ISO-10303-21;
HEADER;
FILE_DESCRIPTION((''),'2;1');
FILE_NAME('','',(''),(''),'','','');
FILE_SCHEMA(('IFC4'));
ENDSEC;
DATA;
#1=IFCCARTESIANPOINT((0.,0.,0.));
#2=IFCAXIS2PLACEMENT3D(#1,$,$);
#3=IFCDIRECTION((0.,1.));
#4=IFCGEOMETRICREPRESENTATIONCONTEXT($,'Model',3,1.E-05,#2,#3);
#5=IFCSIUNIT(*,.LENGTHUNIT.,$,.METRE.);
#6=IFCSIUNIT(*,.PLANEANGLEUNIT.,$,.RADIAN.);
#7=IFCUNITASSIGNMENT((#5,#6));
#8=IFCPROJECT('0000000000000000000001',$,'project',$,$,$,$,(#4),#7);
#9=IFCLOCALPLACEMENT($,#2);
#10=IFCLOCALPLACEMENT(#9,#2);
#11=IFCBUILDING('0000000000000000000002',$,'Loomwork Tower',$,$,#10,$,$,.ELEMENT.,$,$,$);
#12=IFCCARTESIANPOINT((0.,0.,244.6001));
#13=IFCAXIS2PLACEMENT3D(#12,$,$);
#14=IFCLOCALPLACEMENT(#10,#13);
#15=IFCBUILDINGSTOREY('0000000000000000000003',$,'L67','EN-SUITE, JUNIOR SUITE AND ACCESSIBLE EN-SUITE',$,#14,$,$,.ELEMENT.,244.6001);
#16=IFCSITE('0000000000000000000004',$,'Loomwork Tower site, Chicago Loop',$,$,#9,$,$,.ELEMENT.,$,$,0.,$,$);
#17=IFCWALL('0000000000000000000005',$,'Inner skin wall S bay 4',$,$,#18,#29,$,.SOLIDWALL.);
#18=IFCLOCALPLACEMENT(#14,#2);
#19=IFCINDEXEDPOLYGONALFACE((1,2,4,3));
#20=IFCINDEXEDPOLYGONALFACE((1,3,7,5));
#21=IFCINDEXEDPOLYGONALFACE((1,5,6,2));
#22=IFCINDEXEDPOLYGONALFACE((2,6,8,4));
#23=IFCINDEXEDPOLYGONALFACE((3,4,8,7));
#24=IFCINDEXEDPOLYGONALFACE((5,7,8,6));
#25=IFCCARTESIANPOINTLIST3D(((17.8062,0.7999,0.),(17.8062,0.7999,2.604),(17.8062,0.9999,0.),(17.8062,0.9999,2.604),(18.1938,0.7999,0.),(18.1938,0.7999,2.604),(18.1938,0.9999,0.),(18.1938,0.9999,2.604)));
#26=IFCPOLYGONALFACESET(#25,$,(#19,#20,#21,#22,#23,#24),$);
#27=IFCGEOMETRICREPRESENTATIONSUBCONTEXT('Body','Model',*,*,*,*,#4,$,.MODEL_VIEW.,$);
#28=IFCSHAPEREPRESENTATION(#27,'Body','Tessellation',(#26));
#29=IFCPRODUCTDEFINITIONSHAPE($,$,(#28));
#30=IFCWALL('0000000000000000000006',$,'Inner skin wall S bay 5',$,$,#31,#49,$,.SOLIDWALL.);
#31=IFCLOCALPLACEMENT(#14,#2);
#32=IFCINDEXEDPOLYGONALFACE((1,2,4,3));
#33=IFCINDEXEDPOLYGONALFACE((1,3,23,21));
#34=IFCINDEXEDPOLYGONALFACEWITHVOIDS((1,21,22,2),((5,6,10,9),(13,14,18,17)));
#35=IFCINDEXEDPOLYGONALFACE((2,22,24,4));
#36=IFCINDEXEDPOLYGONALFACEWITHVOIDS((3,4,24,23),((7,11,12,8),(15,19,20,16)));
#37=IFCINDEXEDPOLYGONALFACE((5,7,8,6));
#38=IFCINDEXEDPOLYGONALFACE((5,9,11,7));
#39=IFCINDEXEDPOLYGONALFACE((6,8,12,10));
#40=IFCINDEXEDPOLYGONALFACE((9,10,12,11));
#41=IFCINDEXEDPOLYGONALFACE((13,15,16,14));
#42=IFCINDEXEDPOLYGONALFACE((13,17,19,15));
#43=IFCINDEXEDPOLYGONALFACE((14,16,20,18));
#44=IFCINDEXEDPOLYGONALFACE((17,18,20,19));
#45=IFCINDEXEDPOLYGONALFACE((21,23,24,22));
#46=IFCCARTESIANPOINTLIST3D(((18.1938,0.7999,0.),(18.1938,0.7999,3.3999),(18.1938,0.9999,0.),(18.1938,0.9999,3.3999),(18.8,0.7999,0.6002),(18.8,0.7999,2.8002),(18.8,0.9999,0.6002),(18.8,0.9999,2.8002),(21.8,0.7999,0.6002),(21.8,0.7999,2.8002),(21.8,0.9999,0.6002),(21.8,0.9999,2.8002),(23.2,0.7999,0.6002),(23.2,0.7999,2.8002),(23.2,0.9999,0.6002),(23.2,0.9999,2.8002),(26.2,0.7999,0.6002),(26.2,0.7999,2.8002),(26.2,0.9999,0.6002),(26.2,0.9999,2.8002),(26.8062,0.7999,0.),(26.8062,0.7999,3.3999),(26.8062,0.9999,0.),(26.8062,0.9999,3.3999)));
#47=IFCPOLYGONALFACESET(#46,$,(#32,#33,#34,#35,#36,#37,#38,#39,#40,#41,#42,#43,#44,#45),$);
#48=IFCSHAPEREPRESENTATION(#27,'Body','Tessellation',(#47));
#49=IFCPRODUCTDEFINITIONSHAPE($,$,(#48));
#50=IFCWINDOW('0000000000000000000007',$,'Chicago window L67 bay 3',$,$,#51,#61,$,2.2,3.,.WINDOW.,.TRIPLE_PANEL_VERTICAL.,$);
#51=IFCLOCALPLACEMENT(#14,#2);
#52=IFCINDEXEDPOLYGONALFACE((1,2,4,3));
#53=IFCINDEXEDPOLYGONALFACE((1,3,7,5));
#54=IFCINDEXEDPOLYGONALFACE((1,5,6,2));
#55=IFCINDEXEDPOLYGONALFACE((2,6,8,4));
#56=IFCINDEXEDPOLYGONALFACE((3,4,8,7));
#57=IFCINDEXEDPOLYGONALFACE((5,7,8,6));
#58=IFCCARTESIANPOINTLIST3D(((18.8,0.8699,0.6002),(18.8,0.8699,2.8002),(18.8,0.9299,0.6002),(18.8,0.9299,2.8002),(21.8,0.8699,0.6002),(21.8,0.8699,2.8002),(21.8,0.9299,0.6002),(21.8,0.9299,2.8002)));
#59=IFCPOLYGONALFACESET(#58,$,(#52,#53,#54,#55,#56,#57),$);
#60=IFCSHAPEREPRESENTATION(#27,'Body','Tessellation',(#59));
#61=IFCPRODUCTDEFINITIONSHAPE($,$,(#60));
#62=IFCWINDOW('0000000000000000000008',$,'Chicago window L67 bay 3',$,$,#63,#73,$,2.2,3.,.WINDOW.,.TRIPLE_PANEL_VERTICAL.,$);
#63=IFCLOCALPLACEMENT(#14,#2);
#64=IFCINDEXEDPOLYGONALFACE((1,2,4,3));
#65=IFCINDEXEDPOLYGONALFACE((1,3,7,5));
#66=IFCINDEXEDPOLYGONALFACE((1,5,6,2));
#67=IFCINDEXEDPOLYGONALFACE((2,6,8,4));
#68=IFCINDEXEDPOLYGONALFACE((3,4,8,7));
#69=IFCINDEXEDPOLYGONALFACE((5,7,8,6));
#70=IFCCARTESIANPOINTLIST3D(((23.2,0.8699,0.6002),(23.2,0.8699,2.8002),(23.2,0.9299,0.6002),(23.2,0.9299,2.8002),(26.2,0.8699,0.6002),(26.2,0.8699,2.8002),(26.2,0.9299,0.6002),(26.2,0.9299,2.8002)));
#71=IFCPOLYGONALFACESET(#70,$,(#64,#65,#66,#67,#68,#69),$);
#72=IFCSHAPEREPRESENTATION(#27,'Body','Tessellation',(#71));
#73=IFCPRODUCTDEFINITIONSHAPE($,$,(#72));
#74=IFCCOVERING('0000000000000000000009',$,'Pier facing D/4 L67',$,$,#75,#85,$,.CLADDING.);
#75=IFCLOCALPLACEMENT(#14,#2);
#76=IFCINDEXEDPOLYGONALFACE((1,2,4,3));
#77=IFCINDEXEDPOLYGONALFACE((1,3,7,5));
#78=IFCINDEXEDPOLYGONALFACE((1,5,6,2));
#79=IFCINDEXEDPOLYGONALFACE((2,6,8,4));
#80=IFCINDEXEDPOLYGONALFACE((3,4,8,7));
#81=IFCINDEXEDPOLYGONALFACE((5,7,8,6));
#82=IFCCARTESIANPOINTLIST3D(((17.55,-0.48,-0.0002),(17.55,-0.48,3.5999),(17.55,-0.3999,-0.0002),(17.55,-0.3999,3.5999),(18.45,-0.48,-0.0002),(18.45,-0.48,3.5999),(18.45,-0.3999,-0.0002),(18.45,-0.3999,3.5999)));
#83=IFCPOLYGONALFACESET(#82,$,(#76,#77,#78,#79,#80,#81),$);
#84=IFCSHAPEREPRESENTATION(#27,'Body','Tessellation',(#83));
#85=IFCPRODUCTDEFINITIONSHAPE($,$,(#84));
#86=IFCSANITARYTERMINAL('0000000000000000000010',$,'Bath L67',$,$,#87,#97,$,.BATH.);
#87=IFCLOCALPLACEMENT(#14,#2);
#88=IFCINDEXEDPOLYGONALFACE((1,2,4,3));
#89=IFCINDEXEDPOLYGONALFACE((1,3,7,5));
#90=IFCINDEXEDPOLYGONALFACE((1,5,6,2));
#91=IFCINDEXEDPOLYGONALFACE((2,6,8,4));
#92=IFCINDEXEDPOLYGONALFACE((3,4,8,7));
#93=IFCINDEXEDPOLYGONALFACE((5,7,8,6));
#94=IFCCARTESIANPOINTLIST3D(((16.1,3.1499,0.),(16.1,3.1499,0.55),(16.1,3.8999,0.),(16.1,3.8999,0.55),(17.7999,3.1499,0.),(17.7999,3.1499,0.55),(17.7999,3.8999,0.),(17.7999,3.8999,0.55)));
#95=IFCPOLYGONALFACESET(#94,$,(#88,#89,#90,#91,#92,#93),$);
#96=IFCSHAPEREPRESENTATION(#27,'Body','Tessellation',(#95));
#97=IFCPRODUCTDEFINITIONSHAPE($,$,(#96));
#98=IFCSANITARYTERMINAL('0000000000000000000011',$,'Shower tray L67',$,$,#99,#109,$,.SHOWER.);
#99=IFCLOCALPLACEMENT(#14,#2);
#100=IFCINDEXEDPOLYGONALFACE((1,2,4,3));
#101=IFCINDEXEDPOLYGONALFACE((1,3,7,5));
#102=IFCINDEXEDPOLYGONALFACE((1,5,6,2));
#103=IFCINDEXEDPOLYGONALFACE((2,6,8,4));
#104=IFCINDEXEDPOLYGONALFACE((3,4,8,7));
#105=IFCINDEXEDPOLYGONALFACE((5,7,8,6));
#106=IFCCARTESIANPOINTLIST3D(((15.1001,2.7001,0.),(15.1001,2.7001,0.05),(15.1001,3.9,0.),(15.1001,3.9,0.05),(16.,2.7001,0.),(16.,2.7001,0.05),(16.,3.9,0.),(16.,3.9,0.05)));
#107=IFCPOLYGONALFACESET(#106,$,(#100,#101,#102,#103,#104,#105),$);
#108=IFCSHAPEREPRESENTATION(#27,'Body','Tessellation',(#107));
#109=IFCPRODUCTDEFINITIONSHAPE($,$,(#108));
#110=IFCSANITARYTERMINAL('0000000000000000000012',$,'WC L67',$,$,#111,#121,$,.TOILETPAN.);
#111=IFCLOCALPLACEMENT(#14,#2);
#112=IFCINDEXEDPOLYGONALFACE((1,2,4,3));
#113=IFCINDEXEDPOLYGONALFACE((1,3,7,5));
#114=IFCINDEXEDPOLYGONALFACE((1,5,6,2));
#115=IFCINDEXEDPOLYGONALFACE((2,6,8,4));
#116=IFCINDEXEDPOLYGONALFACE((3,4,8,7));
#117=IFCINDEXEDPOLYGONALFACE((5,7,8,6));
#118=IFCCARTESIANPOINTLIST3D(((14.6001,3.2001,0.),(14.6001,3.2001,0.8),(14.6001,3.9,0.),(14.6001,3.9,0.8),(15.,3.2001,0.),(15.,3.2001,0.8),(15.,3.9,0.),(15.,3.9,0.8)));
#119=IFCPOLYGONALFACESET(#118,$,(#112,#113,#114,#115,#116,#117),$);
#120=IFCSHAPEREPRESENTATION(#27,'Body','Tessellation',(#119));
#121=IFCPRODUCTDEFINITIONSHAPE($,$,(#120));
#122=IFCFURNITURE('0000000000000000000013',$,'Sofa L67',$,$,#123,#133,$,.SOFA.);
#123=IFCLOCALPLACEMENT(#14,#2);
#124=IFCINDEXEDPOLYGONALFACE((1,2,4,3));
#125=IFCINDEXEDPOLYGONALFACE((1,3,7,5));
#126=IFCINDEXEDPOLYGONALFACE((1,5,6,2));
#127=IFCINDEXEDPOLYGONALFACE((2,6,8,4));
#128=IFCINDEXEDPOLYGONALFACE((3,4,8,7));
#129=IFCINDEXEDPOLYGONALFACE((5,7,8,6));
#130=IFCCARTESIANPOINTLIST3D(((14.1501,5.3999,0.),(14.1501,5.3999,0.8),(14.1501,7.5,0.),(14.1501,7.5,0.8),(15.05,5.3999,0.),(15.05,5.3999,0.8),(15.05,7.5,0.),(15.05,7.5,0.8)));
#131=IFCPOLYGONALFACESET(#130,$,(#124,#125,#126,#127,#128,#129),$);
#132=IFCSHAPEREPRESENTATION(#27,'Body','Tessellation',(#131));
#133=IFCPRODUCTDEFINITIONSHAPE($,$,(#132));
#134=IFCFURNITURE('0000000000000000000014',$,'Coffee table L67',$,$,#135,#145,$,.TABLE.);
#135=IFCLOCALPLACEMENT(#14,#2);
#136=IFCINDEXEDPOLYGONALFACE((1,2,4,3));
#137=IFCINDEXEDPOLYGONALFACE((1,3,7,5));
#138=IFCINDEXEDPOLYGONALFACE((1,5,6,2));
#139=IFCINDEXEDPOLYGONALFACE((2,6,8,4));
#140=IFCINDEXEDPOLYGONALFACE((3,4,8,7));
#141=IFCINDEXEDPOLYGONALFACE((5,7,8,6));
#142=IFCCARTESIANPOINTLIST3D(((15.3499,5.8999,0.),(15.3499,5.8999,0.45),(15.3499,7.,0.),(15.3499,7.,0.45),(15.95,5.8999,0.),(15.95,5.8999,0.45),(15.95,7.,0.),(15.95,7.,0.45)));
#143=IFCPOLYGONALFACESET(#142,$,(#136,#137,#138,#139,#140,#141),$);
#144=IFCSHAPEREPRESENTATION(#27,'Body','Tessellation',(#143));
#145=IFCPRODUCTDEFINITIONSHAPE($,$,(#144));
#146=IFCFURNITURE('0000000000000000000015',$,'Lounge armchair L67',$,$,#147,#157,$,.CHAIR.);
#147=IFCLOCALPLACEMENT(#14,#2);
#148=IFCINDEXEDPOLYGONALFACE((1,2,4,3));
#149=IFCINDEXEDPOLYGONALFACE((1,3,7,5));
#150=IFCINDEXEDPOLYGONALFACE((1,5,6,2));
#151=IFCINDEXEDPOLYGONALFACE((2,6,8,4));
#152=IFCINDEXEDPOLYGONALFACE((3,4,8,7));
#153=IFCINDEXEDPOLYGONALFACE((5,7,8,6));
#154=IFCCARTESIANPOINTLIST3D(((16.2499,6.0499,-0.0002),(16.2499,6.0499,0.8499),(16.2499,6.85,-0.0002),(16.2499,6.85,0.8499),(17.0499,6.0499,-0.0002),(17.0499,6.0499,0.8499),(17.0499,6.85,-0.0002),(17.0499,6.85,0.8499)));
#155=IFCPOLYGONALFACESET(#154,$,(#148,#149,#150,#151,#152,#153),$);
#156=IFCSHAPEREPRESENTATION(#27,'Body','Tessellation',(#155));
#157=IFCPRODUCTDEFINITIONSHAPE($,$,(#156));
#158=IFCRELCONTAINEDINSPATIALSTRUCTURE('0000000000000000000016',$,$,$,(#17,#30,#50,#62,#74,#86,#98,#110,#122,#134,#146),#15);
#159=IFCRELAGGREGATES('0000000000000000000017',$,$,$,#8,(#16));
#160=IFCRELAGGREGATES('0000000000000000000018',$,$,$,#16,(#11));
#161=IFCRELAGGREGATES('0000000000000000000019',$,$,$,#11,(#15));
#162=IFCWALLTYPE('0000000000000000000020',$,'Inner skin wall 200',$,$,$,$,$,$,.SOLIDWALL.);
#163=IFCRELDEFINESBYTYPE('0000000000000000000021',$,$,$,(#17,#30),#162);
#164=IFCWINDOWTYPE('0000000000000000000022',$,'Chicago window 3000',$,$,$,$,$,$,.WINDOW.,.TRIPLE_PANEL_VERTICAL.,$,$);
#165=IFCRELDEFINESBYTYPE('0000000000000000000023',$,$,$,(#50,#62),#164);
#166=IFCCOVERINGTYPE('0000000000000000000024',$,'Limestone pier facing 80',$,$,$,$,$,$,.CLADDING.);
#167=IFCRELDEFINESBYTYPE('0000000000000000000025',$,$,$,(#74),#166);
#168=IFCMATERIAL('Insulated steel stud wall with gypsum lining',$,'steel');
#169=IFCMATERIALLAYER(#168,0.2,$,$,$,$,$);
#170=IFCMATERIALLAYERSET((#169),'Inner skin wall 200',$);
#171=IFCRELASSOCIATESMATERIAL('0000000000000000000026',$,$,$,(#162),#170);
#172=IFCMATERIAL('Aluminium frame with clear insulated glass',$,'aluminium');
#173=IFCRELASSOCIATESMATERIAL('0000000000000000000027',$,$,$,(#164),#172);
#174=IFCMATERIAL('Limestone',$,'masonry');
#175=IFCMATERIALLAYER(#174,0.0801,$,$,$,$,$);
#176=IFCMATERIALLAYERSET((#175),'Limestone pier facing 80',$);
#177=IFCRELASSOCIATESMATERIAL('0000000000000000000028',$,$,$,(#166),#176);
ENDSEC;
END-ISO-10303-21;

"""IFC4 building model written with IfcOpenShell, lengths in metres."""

from ifc_helpers import new_model, si_unit, direction, frame, frame_2d, origin, origin_2d, place, context, subcontext, project, spatial, rectangle, extrude, material, layer, layer_set, type_object, element, fill, save


model = new_model("IFC4")

# Units and contexts
model_context = context("Model", 3, precision=1e-05, world=origin(), true_north=direction((0.0, 1.0)))
body_context = subcontext(model_context, "Body", "Model", "MODEL_VIEW")
ifc_project = project(units=[si_unit("LENGTHUNIT", "METRE"), si_unit("PLANEANGLEUNIT", "RADIAN")], contexts=[model_context])

# Site, building, storey
site_placement = place(None, origin())
site = spatial("IfcSite", under=ifc_project, at=site_placement, Name="Loomwork Tower site, Chicago Loop", CompositionType="ELEMENT", RefElevation=0.0)
building_placement = place(site_placement, origin())
building = spatial("IfcBuilding", under=site, at=building_placement, Name="Loomwork Tower", CompositionType="ELEMENT")
storey_placement = place(building_placement, frame((0.0, 0.0, 244.6001)))
storey = spatial("IfcBuildingStorey", under=building, at=storey_placement, Name="L67", Description="EN-SUITE, JUNIOR SUITE AND ACCESSIBLE EN-SUITE", CompositionType="ELEMENT", Elevation=244.6001)

# Wall
ifc_material_1 = material(Name="Insulated steel stud wall with gypsum lining", Category="steel")
ifc_layer_1 = layer(ifc_material_1, 0.2)
ifc_layer_set_1 = layer_set([ifc_layer_1], Name="Inner skin wall 200")
wall_type_1 = type_object("IfcWallType", Name="Inner skin wall 200", PredefinedType="SOLIDWALL", material=ifc_layer_set_1)
wall_1_placement = place(storey_placement, frame((17.8062, 0.8999, 0.0), z_axis=(0.0, 0.0, 1.0), x_axis=(1.0, 0.0, 0.0)))
element("IfcWall", 1, at=wall_1_placement, inside=storey, type_object=wall_type_1, Name="Inner skin wall S bay 4", PredefinedType="SOLIDWALL", context=body_context, shape_type="SweptSolid", body=[
    extrude(rectangle(XDim=0.3877, YDim=0.2, at=frame_2d((0.1938, 0.0))), origin(), (0.0, 0.0, 1.0), 2.604),
])

# Wall, openings, windows
wall_2_placement = place(storey_placement, frame((18.1938, 0.8999, 0.0), z_axis=(0.0, 0.0, 1.0), x_axis=(1.0, 0.0, 0.0)))
wall_2 = element("IfcWall", 2, at=wall_2_placement, inside=storey, type_object=wall_type_1, Name="Inner skin wall S bay 5", PredefinedType="SOLIDWALL", context=body_context, shape_type="SweptSolid", body=[
    extrude(rectangle(XDim=8.6123, YDim=0.2, at=frame_2d((4.3062, 0.0))), origin(), (0.0, 0.0, 1.0), 3.3999),
])
opening_1_placement = place(wall_2_placement, frame((0.6062, 0.0, 0.6001)))
opening_1 = element("IfcOpeningElement", 3, at=opening_1_placement, cuts=wall_2, PredefinedType="OPENING", context=body_context, shape_type="SweptSolid", body=[
    extrude(rectangle(XDim=3.0, YDim=2.2, at=frame_2d((1.5, 1.1001))), frame((0.0, 0.1099, 0.0), z_axis=(0.0, -1.0, 0.0), x_axis=(1.0, 0.0, 0.0)), (0.0, 0.0, 1.0), 0.22),
])
opening_2_placement = place(wall_2_placement, frame((5.0061, 0.0, 0.6001)))
opening_2 = element("IfcOpeningElement", 4, at=opening_2_placement, cuts=wall_2, PredefinedType="OPENING", context=body_context, shape_type="SweptSolid", body=[
    extrude(rectangle(XDim=3.0, YDim=2.2, at=frame_2d((1.5, 1.1001))), frame((0.0, 0.1099, 0.0), z_axis=(0.0, -1.0, 0.0), x_axis=(1.0, 0.0, 0.0)), (0.0, 0.0, 1.0), 0.22),
])
ifc_material_2 = material(Name="Aluminium frame with clear insulated glass", Category="aluminium")
window_type = type_object("IfcWindowType", Name="Chicago window 3000", PartitioningType="TRIPLE_PANEL_VERTICAL", PredefinedType="WINDOW", material=ifc_material_2)
window_1_placement = place(opening_1_placement, origin())
window_1 = element("IfcWindow", 5, at=window_1_placement, inside=storey, type_object=window_type, Name="Chicago window L67 bay 3", OverallHeight=2.2, OverallWidth=3.0, PartitioningType="TRIPLE_PANEL_VERTICAL", PredefinedType="WINDOW", context=body_context, shape_type="SweptSolid", body=[
    extrude(rectangle(XDim=3.0, YDim=2.2, at=frame_2d((1.5, 1.1001))), frame((0.0, 0.03, 0.0), z_axis=(0.0, -1.0, 0.0), x_axis=(1.0, 0.0, 0.0)), (0.0, 0.0, 1.0), 0.0601),
])
fill(opening_1, window_1)
window_2_placement = place(opening_2_placement, origin())
window_2 = element("IfcWindow", 6, at=window_2_placement, inside=storey, type_object=window_type, Name="Chicago window L67 bay 3", OverallHeight=2.2, OverallWidth=3.0, PartitioningType="TRIPLE_PANEL_VERTICAL", PredefinedType="WINDOW", context=body_context, shape_type="SweptSolid", body=[
    extrude(rectangle(XDim=3.0, YDim=2.2, at=frame_2d((1.5, 1.1001))), frame((0.0, 0.03, 0.0), z_axis=(0.0, -1.0, 0.0), x_axis=(1.0, 0.0, 0.0)), (0.0, 0.0, 1.0), 0.0601),
])
fill(opening_2, window_2)

# Covering
ifc_material_3 = material(Name="Limestone", Category="masonry")
ifc_layer_2 = layer(ifc_material_3, 0.0801)
ifc_layer_set_2 = layer_set([ifc_layer_2], Name="Limestone pier facing 80")
covering_type = type_object("IfcCoveringType", Name="Limestone pier facing 80", PredefinedType="CLADDING", material=ifc_layer_set_2)
covering_placement = place(storey_placement, frame((18.0, -0.4399, -0.0002), z_axis=(0.0, 0.0, 1.0), x_axis=(1.0, 0.0, 0.0)))
element("IfcCovering", 7, at=covering_placement, inside=storey, type_object=covering_type, Name="Pier facing D/4 L67", PredefinedType="CLADDING", context=body_context, shape_type="SweptSolid", body=[
    extrude(rectangle(XDim=0.8999, YDim=0.0801, at=origin_2d()), origin(), (0.0, 0.0, 1.0), 3.6001),
])

# Sanitary terminals
sanitary_terminal_1_placement = place(storey_placement, frame((16.95, 3.5249, 0.0), z_axis=(0.0, 0.0, 1.0), x_axis=(1.0, 0.0, 0.0)))
element("IfcSanitaryTerminal", 8, at=sanitary_terminal_1_placement, inside=storey, Name="Bath L67", PredefinedType="BATH", context=body_context, shape_type="SweptSolid", body=[
    extrude(rectangle(XDim=1.7, YDim=0.75, at=origin_2d()), origin(), (0.0, 0.0, 1.0), 0.55),
])
sanitary_terminal_2_placement = place(storey_placement, frame((15.55, 3.3, 0.0), z_axis=(0.0, 0.0, 1.0), x_axis=(1.0, 0.0, 0.0)))
element("IfcSanitaryTerminal", 9, at=sanitary_terminal_2_placement, inside=storey, Name="Shower tray L67", PredefinedType="SHOWER", context=body_context, shape_type="SweptSolid", body=[
    extrude(rectangle(XDim=0.8999, YDim=1.2, at=origin_2d()), origin(), (0.0, 0.0, 1.0), 0.05),
])
sanitary_terminal_3_placement = place(storey_placement, frame((14.8, 3.55, 0.0), z_axis=(0.0, 0.0, 1.0), x_axis=(1.0, 0.0, 0.0)))
element("IfcSanitaryTerminal", 10, at=sanitary_terminal_3_placement, inside=storey, Name="WC L67", PredefinedType="TOILETPAN", context=body_context, shape_type="SweptSolid", body=[
    extrude(rectangle(XDim=0.3999, YDim=0.7, at=origin_2d()), origin(), (0.0, 0.0, 1.0), 0.8),
])

# Furniture
furniture_1_placement = place(storey_placement, frame((14.6001, 6.45, 0.0), z_axis=(0.0, 0.0, 1.0), x_axis=(1.0, 0.0, 0.0)))
element("IfcFurniture", 11, at=furniture_1_placement, inside=storey, Name="Sofa L67", PredefinedType="SOFA", context=body_context, shape_type="SweptSolid", body=[
    extrude(rectangle(XDim=0.8999, YDim=2.1001, at=origin_2d()), origin(), (0.0, 0.0, 1.0), 0.8),
])
furniture_2_placement = place(storey_placement, frame((15.6499, 6.45, 0.0), z_axis=(0.0, 0.0, 1.0), x_axis=(1.0, 0.0, 0.0)))
element("IfcFurniture", 12, at=furniture_2_placement, inside=storey, Name="Coffee table L67", PredefinedType="TABLE", context=body_context, shape_type="SweptSolid", body=[
    extrude(rectangle(XDim=0.6001, YDim=1.1001, at=origin_2d()), origin(), (0.0, 0.0, 1.0), 0.45),
])
furniture_3_placement = place(storey_placement, frame((16.6499, 6.45, -0.0002), z_axis=(0.0, 0.0, 1.0), x_axis=(1.0, 0.0, 0.0)))
element("IfcFurniture", 13, at=furniture_3_placement, inside=storey, Name="Lounge armchair L67", PredefinedType="CHAIR", context=body_context, shape_type="SweptSolid", body=[
    extrude(rectangle(XDim=0.8, YDim=0.8, at=origin_2d()), origin(), (0.0, 0.0, 1.0), 0.8501),
])

save(model, "model.ifc")
